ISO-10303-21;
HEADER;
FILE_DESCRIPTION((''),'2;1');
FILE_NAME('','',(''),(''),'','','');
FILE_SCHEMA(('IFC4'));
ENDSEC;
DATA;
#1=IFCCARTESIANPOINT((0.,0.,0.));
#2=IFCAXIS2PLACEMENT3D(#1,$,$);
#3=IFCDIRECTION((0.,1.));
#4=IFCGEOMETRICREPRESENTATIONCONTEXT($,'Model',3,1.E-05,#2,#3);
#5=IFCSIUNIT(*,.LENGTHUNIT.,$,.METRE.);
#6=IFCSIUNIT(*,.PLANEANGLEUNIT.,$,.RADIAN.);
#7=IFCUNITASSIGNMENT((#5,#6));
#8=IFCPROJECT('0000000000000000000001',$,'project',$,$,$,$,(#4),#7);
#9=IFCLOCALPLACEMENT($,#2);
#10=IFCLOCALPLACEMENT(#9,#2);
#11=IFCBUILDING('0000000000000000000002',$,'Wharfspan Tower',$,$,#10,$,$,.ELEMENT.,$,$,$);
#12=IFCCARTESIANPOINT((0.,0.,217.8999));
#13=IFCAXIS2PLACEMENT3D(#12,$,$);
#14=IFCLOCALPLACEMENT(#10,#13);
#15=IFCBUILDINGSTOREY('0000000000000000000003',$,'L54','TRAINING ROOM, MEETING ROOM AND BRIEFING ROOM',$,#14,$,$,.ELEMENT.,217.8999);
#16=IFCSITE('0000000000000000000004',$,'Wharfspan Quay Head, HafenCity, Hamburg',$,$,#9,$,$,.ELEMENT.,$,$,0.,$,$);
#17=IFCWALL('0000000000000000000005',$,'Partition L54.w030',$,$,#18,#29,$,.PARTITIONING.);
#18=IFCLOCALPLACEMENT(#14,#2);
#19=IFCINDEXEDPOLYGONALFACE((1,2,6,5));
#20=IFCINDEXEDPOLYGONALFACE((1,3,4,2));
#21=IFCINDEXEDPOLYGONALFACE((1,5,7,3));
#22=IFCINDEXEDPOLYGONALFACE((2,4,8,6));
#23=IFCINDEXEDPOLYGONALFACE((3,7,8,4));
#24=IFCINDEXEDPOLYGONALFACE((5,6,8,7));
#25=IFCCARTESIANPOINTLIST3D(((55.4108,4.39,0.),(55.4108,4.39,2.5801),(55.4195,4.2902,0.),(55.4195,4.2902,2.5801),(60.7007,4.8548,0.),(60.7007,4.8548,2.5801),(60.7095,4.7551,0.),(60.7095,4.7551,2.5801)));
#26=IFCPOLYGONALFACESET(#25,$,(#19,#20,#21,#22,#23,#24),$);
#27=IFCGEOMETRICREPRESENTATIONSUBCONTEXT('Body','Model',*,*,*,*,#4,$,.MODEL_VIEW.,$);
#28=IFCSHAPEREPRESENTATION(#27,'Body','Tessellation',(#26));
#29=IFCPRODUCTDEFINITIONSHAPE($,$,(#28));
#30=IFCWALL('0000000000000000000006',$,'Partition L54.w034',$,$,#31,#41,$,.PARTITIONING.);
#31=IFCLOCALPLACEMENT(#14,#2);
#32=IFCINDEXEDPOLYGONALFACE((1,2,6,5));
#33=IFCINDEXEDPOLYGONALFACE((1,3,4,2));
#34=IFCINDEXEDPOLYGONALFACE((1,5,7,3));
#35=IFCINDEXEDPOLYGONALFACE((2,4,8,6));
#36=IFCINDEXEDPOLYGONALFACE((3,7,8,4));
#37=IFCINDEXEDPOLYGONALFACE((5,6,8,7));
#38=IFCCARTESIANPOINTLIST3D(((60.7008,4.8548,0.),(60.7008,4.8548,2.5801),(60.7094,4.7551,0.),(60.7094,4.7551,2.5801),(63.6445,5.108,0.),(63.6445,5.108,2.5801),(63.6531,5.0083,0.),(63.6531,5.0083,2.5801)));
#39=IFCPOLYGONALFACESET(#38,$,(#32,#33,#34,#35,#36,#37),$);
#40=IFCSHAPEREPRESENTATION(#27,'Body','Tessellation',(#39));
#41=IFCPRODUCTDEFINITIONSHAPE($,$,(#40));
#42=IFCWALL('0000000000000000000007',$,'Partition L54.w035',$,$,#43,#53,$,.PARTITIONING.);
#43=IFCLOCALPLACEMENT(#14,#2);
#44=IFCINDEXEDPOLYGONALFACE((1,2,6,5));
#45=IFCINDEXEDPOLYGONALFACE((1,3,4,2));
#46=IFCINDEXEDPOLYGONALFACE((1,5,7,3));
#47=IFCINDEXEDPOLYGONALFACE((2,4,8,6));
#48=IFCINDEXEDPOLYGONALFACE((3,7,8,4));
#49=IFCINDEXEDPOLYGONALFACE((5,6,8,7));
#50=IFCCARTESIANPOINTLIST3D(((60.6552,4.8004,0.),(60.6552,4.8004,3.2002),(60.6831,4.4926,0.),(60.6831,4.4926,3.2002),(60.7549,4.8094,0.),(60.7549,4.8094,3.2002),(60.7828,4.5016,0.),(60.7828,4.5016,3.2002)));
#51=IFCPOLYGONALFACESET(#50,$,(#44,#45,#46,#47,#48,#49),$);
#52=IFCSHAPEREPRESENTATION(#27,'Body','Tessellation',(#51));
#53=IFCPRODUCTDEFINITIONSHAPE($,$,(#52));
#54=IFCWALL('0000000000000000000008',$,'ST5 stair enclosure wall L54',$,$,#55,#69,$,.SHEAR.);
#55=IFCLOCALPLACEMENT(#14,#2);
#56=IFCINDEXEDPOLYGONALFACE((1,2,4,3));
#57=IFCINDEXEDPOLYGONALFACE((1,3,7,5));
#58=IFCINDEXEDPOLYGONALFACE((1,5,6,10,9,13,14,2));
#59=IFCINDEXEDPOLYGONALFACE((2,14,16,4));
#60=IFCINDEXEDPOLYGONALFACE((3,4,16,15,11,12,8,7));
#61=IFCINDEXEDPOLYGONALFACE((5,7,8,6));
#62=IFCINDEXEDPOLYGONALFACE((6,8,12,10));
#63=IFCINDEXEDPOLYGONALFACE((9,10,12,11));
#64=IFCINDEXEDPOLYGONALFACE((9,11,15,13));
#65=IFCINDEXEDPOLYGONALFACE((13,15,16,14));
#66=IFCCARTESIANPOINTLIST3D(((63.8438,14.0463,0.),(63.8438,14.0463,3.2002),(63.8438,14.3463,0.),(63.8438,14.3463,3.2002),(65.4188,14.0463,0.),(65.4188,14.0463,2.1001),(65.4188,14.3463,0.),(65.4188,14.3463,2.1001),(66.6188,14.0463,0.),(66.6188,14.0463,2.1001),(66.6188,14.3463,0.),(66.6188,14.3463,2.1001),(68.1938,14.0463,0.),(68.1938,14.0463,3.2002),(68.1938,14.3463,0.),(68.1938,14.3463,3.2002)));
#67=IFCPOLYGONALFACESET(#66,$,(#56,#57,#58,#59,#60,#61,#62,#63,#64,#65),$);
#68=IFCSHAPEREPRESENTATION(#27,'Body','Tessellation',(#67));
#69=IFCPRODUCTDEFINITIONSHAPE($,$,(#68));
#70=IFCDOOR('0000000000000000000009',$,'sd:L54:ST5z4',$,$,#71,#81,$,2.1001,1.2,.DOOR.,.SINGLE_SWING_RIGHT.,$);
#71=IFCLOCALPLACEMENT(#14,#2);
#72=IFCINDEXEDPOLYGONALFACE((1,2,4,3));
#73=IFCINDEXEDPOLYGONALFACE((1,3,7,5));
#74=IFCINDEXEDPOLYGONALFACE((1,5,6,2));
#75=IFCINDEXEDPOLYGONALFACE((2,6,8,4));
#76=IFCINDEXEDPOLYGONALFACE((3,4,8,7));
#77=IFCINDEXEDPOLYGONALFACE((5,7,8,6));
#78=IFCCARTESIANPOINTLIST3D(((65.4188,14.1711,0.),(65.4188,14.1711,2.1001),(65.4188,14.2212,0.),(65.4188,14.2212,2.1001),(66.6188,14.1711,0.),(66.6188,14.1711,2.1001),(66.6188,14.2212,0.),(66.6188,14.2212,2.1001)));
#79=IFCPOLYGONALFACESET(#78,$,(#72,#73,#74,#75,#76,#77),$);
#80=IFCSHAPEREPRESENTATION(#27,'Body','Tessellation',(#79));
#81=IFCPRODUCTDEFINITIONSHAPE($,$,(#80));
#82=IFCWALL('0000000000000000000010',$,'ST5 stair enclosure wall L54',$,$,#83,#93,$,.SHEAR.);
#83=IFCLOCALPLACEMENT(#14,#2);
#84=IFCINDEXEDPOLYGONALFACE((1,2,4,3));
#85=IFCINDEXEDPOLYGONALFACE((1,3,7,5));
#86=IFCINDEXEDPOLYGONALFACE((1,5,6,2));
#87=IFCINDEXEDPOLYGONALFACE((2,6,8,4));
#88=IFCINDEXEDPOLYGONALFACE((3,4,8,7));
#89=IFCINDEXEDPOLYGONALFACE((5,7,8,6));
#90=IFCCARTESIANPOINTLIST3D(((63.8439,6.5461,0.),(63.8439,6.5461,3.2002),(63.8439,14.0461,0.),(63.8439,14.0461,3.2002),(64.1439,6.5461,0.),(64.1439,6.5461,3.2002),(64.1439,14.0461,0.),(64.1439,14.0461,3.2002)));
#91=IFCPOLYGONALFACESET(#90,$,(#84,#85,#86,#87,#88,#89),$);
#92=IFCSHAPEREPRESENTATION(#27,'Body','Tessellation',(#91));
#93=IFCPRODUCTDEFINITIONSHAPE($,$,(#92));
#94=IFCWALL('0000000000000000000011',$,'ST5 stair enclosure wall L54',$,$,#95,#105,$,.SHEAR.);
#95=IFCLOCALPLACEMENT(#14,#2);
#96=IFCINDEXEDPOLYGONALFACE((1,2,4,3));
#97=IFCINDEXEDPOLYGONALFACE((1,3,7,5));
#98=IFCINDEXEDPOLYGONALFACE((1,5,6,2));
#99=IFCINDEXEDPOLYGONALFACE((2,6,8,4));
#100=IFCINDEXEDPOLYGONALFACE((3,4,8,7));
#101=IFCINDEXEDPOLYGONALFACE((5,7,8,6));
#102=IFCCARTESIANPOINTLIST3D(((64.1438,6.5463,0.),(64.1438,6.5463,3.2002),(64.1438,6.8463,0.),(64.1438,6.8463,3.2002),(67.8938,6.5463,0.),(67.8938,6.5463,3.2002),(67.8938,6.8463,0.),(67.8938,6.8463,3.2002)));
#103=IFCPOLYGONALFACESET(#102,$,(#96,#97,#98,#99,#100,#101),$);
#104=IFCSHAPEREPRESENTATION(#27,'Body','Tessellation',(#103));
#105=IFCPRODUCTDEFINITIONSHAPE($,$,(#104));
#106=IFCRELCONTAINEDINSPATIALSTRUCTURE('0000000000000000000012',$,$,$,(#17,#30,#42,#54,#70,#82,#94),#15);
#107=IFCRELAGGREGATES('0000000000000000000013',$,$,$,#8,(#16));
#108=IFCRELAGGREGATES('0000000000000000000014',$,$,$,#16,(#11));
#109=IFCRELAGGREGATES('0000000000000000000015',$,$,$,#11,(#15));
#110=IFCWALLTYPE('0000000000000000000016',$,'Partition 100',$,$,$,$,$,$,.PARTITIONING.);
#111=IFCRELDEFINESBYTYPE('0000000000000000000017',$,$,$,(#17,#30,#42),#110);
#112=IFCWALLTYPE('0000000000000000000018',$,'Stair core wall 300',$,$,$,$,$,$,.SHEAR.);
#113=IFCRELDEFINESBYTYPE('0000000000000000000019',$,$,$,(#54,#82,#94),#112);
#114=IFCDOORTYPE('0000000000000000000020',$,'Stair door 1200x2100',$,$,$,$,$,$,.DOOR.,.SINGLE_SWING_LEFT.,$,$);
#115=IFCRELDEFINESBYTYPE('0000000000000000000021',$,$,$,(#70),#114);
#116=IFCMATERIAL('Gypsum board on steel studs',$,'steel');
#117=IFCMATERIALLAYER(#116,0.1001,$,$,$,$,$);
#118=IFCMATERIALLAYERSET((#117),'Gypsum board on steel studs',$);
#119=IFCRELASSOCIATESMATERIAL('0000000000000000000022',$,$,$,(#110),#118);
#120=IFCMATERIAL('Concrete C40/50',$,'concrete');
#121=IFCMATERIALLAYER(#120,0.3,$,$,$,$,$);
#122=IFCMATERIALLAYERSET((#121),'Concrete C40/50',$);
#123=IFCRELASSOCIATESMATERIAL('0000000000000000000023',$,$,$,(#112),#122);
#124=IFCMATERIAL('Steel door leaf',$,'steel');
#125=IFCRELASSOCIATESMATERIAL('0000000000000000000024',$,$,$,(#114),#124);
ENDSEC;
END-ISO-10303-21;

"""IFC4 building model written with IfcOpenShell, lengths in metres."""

from ifc_helpers import new_model, si_unit, direction, frame, frame_2d, origin, place, context, subcontext, project, spatial, rectangle, extrude, material, layer, layer_set, type_object, element, fill, save


model = new_model("IFC4")

# Units and contexts
model_context = context("Model", 3, precision=1e-05, world=origin(), true_north=direction((0.0, 1.0)))
body_context = subcontext(model_context, "Body", "Model", "MODEL_VIEW")
ifc_project = project(units=[si_unit("LENGTHUNIT", "METRE"), si_unit("PLANEANGLEUNIT", "RADIAN")], contexts=[model_context])

# Site, building, storey
site_placement = place(None, origin())
site = spatial("IfcSite", under=ifc_project, at=site_placement, Name="Wharfspan Quay Head, HafenCity, Hamburg", CompositionType="ELEMENT", RefElevation=0.0)
building_placement = place(site_placement, origin())
building = spatial("IfcBuilding", under=site, at=building_placement, Name="Wharfspan Tower", CompositionType="ELEMENT")
storey_placement = place(building_placement, frame((0.0, 0.0, 217.8999)))
storey = spatial("IfcBuildingStorey", under=building, at=storey_placement, Name="L54", Description="TRAINING ROOM, MEETING ROOM AND BRIEFING ROOM", CompositionType="ELEMENT", Elevation=217.8999)

# Walls
ifc_material_1 = material(Name="Gypsum board on steel studs", Category="steel")
ifc_layer_1 = layer(ifc_material_1, 0.1001)
ifc_layer_set_1 = layer_set([ifc_layer_1], Name="Gypsum board on steel studs")
wall_type_1 = type_object("IfcWallType", Name="Partition 100", PredefinedType="PARTITIONING", material=ifc_layer_set_1)
wall_1_placement = place(storey_placement, frame((55.415, 4.3401, 0.0), z_axis=(0.0, 0.0, 1.0), x_axis=(0.996159, 0.087534, 0.0)))
element("IfcWall", 1, at=wall_1_placement, inside=storey, type_object=wall_type_1, Name="Partition L54.w030", PredefinedType="PARTITIONING", context=body_context, shape_type="SweptSolid", body=[
    extrude(rectangle(XDim=5.3103, YDim=0.1001, at=frame_2d((2.6553, 0.0))), origin(), (0.0, 0.0, 1.0), 2.5801),
])
wall_2_placement = place(storey_placement, frame((60.7051, 4.8049, 0.0), z_axis=(0.0, 0.0, 1.0), x_axis=(0.996324, 0.085692, 0.0)))
element("IfcWall", 2, at=wall_2_placement, inside=storey, type_object=wall_type_1, Name="Partition L54.w034", PredefinedType="PARTITIONING", context=body_context, shape_type="SweptSolid", body=[
    extrude(rectangle(XDim=2.9546, YDim=0.1001, at=frame_2d((1.4773, 0.0))), origin(), (0.0, 0.0, 1.0), 2.5801),
])
wall_3_placement = place(storey_placement, frame((60.7329, 4.4971, 0.0), z_axis=(0.0, 0.0, 1.0), x_axis=(-0.090037, 0.995936, 0.0)))
element("IfcWall", 3, at=wall_3_placement, inside=storey, type_object=wall_type_1, Name="Partition L54.w035", PredefinedType="PARTITIONING", context=body_context, shape_type="SweptSolid", body=[
    extrude(rectangle(XDim=0.3091, YDim=0.1001, at=frame_2d((0.1545, 0.0))), origin(), (0.0, 0.0, 1.0), 3.2002),
])

# Wall, opening, door
ifc_material_2 = material(Name="Concrete C40/50", Category="concrete")
ifc_layer_2 = layer(ifc_material_2, 0.3)
ifc_layer_set_2 = layer_set([ifc_layer_2], Name="Concrete C40/50")
wall_type_2 = type_object("IfcWallType", Name="Stair core wall 300", PredefinedType="SHEAR", material=ifc_layer_set_2)
wall_4_placement = place(storey_placement, frame((63.8438, 14.1963, 0.0), z_axis=(0.0, 0.0, 1.0), x_axis=(1.0, 0.0, 0.0)))
wall_4 = element("IfcWall", 4, at=wall_4_placement, inside=storey, type_object=wall_type_2, Name="ST5 stair enclosure wall L54", PredefinedType="SHEAR", context=body_context, shape_type="SweptSolid", body=[
    extrude(rectangle(XDim=4.3501, YDim=0.3, at=frame_2d((2.175, 0.0))), origin(), (0.0, 0.0, 1.0), 3.2002),
])
opening_placement = place(wall_4_placement, frame((1.575, 0.0, 0.0)))
opening = element("IfcOpeningElement", 5, at=opening_placement, cuts=wall_4, PredefinedType="OPENING", context=body_context, shape_type="SweptSolid", body=[
    extrude(rectangle(XDim=1.2, YDim=2.1001, at=frame_2d((0.6001, 1.05))), frame((0.0, 0.1599, 0.0), z_axis=(0.0, -1.0, 0.0), x_axis=(1.0, 0.0, 0.0)), (0.0, 0.0, 1.0), 0.3201),
])
ifc_material_3 = material(Name="Steel door leaf", Category="steel")
door_type = type_object("IfcDoorType", Name="Stair door 1200x2100", OperationType="SINGLE_SWING_LEFT", PredefinedType="DOOR", material=ifc_material_3)
door_placement = place(opening_placement, origin())
door = element("IfcDoor", 6, at=door_placement, inside=storey, type_object=door_type, Name="sd:L54:ST5z4", OperationType="SINGLE_SWING_RIGHT", OverallHeight=2.1001, OverallWidth=1.2, PredefinedType="DOOR", context=body_context, shape_type="SweptSolid", body=[
    extrude(rectangle(XDim=1.2, YDim=2.1001, at=frame_2d((0.6001, 1.05))), frame((0.0, 0.0249, 0.0), z_axis=(0.0, -1.0, 0.0), x_axis=(1.0, 0.0, 0.0)), (0.0, 0.0, 1.0), 0.05),
])
fill(opening, door)

# Walls
wall_5_placement = place(storey_placement, frame((63.9939, 6.5461, 0.0), z_axis=(0.0, 0.0, 1.0), x_axis=(0.0, 1.0, 0.0)))
element("IfcWall", 7, at=wall_5_placement, inside=storey, type_object=wall_type_2, Name="ST5 stair enclosure wall L54", PredefinedType="SHEAR", context=body_context, shape_type="SweptSolid", body=[
    extrude(rectangle(XDim=7.5, YDim=0.3, at=frame_2d((3.75, 0.0))), origin(), (0.0, 0.0, 1.0), 3.2002),
])
wall_6_placement = place(storey_placement, frame((64.1438, 6.6963, 0.0), z_axis=(0.0, 0.0, 1.0), x_axis=(1.0, 0.0, 0.0)))
element("IfcWall", 8, at=wall_6_placement, inside=storey, type_object=wall_type_2, Name="ST5 stair enclosure wall L54", PredefinedType="SHEAR", context=body_context, shape_type="SweptSolid", body=[
    extrude(rectangle(XDim=3.75, YDim=0.3, at=frame_2d((1.875, 0.0))), origin(), (0.0, 0.0, 1.0), 3.2002),
])

save(model, "model.ifc")
